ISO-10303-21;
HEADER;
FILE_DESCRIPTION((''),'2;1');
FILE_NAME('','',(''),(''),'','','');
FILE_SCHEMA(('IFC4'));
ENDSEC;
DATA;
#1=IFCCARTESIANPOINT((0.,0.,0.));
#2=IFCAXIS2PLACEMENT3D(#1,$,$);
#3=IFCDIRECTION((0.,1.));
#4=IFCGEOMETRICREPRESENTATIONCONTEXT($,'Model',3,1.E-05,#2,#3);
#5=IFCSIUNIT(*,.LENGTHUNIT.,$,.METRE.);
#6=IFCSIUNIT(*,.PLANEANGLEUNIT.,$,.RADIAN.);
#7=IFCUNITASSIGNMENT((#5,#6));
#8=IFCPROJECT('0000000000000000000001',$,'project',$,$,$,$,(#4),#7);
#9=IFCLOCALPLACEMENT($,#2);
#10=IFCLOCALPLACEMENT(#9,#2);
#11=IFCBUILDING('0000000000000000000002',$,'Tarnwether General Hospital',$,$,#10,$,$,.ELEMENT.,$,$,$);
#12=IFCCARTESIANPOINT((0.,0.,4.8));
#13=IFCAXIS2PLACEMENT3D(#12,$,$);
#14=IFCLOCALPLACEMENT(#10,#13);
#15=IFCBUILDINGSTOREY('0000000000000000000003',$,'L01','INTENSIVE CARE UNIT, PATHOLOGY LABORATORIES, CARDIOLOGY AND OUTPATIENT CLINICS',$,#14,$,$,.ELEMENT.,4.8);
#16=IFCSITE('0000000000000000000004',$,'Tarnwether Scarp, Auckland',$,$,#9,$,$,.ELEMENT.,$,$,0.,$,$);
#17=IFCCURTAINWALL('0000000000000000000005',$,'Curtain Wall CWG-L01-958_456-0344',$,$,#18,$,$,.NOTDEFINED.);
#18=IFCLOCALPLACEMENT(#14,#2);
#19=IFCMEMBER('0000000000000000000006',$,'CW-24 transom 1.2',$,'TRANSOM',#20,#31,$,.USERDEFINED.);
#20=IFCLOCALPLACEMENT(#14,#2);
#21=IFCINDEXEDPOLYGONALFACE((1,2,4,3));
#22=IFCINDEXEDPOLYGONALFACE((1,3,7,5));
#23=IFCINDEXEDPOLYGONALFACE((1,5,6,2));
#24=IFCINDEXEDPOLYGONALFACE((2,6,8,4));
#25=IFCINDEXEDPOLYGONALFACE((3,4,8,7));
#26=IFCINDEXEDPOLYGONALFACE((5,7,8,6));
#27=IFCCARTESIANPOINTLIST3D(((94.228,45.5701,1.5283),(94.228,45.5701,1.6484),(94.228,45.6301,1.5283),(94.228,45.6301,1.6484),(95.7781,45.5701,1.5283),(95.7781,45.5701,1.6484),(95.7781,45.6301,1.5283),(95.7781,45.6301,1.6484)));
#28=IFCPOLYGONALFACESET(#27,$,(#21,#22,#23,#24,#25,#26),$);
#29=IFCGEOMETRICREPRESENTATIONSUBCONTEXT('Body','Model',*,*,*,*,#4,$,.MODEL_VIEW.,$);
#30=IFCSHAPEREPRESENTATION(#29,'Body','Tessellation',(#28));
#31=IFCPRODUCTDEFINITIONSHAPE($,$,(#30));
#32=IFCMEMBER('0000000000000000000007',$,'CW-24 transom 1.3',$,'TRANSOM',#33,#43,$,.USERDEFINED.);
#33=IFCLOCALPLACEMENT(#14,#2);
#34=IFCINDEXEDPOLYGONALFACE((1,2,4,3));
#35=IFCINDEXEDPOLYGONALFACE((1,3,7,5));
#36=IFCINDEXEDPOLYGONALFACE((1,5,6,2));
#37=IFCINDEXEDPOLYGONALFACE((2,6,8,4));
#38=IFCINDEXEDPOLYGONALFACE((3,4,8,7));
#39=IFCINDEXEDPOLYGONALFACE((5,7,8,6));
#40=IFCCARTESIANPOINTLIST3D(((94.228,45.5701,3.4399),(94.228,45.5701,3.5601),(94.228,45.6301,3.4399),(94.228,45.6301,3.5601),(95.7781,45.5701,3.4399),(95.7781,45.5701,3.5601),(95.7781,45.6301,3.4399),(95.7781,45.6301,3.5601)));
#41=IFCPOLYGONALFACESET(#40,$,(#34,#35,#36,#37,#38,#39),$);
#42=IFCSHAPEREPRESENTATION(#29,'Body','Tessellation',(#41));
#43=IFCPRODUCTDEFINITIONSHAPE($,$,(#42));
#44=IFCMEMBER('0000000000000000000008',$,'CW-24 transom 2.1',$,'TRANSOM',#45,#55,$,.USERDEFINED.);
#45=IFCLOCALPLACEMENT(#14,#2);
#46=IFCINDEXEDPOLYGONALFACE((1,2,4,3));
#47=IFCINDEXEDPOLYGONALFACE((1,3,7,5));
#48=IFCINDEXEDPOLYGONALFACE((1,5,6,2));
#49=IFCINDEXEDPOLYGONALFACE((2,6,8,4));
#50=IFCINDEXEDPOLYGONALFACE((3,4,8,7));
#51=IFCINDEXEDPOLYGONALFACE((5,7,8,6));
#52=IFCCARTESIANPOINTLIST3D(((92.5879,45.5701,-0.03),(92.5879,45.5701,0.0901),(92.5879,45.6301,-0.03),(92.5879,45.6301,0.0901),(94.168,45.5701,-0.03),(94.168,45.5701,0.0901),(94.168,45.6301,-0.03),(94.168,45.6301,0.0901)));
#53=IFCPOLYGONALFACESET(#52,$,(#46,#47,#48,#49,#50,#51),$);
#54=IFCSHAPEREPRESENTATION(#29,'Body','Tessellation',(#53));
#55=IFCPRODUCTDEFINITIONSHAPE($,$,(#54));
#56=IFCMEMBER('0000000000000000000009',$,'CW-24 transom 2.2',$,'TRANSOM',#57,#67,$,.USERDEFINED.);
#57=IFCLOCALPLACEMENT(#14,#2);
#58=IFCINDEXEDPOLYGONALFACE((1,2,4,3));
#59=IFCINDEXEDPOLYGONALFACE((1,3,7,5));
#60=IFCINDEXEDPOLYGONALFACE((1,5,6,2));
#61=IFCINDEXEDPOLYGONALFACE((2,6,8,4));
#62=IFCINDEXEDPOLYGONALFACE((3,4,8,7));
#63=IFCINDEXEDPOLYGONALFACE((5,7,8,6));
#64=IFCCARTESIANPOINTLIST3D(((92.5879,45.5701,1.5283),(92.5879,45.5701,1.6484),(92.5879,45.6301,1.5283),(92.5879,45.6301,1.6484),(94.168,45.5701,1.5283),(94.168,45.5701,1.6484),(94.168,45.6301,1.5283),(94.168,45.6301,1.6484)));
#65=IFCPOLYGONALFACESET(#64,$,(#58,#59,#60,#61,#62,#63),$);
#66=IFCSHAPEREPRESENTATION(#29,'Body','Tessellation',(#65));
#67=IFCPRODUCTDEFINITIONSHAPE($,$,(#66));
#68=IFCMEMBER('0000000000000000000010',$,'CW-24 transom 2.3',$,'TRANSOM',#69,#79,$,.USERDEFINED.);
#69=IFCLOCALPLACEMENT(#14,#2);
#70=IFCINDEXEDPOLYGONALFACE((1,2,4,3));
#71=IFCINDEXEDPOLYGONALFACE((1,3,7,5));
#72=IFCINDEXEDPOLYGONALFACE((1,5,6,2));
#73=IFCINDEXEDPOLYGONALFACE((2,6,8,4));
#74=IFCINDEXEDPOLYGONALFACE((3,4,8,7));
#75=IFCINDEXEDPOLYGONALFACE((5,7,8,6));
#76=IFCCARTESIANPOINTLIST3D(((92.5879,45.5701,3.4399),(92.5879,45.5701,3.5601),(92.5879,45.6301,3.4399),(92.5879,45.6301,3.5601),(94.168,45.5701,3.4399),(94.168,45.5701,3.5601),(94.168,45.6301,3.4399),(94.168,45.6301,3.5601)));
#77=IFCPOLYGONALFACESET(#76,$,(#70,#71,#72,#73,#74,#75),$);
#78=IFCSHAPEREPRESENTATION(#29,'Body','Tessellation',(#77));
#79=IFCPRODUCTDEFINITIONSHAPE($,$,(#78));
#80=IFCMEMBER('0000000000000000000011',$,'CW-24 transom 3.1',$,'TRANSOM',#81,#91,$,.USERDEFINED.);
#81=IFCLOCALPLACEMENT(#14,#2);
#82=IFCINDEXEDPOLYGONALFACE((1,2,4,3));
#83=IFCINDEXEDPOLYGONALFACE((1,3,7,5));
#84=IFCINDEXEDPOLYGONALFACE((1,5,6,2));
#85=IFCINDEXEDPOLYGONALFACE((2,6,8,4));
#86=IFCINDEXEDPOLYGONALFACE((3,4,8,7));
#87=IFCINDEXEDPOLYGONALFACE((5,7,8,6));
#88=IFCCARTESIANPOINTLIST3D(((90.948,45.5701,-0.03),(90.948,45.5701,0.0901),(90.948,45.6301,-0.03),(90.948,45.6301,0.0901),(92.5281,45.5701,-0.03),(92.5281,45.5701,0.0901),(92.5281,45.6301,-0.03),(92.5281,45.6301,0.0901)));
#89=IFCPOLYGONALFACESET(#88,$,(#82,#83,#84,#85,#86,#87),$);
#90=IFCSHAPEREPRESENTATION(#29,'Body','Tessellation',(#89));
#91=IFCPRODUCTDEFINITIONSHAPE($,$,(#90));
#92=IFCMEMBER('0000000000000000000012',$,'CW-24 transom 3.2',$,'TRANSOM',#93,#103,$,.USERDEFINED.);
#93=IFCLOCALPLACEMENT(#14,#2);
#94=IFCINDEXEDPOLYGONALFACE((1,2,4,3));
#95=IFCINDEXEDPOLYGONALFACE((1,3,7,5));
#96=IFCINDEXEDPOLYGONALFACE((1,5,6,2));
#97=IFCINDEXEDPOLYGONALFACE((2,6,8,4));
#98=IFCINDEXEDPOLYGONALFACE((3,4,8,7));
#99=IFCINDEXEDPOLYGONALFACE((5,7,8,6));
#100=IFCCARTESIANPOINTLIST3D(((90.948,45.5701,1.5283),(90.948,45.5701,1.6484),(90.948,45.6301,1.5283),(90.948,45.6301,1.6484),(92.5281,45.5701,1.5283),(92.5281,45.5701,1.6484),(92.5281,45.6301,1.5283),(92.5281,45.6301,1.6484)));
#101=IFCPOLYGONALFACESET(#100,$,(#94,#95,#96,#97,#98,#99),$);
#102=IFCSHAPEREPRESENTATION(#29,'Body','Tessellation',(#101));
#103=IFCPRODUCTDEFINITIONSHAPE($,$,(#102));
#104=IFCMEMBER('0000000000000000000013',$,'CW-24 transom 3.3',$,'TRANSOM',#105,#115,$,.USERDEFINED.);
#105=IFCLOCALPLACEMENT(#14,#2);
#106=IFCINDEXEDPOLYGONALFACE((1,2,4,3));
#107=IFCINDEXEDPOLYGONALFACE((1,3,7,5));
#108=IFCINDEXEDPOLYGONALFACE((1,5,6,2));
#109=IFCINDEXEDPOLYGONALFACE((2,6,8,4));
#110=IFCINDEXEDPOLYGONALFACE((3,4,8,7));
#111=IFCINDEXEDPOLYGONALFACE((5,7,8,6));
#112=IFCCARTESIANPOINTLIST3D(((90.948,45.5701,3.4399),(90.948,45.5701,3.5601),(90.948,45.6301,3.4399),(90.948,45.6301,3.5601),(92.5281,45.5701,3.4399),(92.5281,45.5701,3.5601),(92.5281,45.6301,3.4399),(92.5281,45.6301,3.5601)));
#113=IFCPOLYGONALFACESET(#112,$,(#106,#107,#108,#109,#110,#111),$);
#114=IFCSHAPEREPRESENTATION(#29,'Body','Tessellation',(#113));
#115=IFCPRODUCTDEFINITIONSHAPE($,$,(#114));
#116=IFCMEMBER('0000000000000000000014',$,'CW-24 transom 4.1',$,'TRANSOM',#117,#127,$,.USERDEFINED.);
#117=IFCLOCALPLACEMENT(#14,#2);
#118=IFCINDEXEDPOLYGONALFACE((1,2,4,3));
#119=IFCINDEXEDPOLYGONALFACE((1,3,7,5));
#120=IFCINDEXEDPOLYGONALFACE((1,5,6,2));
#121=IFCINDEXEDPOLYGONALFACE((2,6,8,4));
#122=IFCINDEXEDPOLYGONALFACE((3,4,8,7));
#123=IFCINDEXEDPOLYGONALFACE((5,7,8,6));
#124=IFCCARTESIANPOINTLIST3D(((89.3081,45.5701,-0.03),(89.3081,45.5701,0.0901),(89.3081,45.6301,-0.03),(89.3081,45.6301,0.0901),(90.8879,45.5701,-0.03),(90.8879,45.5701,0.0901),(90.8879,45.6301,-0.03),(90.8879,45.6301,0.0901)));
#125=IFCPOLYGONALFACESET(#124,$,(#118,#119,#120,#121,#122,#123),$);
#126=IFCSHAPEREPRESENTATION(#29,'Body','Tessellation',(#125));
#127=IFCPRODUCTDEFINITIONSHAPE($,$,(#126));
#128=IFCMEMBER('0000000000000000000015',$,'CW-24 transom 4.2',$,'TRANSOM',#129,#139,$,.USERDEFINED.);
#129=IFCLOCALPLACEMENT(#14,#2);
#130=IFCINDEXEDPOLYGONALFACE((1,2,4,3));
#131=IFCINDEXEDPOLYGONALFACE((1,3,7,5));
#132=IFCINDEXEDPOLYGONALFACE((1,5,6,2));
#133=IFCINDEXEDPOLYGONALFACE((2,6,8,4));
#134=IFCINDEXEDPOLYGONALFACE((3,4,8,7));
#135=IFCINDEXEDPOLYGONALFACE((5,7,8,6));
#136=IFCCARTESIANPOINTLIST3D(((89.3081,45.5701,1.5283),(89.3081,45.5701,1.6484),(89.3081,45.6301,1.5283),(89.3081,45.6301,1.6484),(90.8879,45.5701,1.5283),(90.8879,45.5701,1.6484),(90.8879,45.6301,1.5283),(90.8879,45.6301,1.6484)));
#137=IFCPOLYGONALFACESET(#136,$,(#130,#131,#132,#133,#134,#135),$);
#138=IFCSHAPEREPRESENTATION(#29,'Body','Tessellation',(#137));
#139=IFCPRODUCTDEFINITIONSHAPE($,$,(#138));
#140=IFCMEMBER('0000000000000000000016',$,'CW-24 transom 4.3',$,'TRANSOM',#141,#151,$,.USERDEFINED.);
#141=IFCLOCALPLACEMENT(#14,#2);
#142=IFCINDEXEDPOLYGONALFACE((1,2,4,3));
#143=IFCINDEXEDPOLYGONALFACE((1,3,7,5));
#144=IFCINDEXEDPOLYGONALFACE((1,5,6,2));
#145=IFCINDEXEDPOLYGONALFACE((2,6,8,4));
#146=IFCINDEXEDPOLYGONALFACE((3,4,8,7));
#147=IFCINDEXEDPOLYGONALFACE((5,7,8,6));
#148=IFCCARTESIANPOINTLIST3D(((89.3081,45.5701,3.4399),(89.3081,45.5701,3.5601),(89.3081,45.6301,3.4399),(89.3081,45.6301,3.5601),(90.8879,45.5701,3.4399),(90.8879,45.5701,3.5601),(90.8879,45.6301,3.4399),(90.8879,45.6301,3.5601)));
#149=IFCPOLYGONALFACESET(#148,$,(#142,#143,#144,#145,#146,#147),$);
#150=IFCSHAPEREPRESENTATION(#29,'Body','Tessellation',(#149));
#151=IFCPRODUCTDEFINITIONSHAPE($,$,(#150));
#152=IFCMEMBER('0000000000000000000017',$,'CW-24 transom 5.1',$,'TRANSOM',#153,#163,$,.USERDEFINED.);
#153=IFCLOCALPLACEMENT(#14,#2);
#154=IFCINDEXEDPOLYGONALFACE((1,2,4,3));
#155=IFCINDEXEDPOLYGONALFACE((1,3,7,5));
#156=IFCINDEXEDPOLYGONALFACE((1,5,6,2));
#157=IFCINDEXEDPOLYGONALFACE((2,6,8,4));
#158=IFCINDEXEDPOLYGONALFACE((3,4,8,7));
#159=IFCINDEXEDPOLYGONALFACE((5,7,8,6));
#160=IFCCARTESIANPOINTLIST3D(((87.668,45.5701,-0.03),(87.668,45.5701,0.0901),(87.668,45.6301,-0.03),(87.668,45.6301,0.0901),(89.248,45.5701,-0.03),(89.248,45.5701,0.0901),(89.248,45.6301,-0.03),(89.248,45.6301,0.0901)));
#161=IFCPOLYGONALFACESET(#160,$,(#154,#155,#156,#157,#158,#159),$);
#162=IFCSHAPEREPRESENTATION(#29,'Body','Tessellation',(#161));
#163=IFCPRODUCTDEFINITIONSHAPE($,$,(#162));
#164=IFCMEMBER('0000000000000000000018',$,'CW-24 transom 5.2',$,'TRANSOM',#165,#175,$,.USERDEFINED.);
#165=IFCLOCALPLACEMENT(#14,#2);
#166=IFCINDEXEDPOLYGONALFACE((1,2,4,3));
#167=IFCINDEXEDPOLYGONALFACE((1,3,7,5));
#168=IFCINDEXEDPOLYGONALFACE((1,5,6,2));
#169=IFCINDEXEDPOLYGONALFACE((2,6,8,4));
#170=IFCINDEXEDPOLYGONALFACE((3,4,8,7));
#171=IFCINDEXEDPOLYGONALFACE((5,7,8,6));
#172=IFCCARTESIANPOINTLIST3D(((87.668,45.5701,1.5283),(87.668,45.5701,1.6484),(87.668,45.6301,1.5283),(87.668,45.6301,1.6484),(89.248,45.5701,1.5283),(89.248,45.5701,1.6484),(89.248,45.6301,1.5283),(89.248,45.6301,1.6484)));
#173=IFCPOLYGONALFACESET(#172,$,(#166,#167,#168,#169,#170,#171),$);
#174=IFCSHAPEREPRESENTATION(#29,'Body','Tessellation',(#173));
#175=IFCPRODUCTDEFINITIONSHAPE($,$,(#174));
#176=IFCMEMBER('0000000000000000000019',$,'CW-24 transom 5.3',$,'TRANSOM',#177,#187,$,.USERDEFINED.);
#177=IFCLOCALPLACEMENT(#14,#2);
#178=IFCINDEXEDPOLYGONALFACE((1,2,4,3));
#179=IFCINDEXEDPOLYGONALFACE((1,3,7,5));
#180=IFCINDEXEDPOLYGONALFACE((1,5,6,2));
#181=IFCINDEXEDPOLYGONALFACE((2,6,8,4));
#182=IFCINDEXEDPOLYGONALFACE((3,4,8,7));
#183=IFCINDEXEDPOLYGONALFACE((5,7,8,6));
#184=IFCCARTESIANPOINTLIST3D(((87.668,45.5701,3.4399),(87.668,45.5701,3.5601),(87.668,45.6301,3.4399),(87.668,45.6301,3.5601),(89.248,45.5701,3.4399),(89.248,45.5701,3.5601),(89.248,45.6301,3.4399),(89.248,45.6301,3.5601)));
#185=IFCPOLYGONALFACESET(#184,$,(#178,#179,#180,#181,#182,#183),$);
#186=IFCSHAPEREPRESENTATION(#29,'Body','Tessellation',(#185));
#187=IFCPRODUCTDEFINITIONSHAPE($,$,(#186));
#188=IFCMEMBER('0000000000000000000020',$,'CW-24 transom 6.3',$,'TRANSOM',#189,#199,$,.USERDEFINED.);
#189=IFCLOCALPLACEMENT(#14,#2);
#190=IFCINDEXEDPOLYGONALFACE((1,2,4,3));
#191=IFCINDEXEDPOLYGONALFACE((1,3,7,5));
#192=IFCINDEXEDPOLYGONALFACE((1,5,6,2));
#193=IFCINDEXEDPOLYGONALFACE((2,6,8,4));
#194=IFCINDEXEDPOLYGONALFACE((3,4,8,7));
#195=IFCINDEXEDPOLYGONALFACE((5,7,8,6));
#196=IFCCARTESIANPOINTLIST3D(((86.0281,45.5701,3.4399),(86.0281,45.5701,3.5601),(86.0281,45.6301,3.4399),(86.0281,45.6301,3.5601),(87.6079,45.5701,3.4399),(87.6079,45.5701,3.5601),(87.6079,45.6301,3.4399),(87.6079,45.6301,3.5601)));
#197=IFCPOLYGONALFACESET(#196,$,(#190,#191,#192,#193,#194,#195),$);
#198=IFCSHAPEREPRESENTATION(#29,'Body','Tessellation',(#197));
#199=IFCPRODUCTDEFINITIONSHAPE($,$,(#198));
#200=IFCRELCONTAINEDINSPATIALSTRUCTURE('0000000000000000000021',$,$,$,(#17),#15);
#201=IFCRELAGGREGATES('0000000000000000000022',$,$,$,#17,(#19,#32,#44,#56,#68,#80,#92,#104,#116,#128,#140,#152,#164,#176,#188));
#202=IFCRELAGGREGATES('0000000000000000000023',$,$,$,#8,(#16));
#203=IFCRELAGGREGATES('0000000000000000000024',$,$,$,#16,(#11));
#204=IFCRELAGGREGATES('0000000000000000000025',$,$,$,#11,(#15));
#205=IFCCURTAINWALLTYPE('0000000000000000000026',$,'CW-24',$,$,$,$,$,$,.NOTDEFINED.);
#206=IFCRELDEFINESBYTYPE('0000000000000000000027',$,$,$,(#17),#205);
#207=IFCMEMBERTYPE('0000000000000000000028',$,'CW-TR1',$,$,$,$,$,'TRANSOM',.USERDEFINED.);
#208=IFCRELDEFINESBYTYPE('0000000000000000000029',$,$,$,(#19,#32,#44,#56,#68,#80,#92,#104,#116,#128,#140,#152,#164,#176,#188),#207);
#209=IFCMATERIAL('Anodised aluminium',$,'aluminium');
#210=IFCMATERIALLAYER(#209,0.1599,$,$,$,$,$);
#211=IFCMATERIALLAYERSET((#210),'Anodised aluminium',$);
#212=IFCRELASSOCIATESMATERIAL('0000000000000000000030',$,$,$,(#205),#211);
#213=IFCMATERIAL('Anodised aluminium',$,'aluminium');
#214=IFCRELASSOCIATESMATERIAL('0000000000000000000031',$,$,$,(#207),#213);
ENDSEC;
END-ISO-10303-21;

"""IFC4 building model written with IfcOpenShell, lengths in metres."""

from ifc_helpers import new_model, si_unit, direction, frame, origin, origin_2d, place, context, subcontext, project, spatial, rectangle, extrude, material, layer, layer_set, material_profile, profile_set, type_object, element, aggregate, save


model = new_model("IFC4")

# Units and contexts
model_context = context("Model", 3, precision=1e-05, world=origin(), true_north=direction((0.0, 1.0)))
body_context = subcontext(model_context, "Body", "Model", "MODEL_VIEW")
ifc_project = project(units=[si_unit("LENGTHUNIT", "METRE"), si_unit("PLANEANGLEUNIT", "RADIAN")], contexts=[model_context])

# Site, building, storey
site_placement = place(None, origin())
site = spatial("IfcSite", under=ifc_project, at=site_placement, Name="Tarnwether Scarp, Auckland", CompositionType="ELEMENT", RefElevation=0.0)
building_placement = place(site_placement, origin())
building = spatial("IfcBuilding", under=site, at=building_placement, Name="Tarnwether General Hospital", CompositionType="ELEMENT")
storey_placement = place(building_placement, frame((0.0, 0.0, 4.8)))
storey = spatial("IfcBuildingStorey", under=building, at=storey_placement, Name="L01", Description="INTENSIVE CARE UNIT, PATHOLOGY LABORATORIES, CARDIOLOGY AND OUTPATIENT CLINICS", CompositionType="ELEMENT", Elevation=4.8)

# Shared definitions
ifc_material_1 = material(Name="Anodised aluminium", Category="aluminium")
ifc_layer_1 = layer(ifc_material_1, 0.1599)
ifc_layer_set_1 = layer_set([ifc_layer_1], Name="Anodised aluminium")
curtain_wall_type = type_object("IfcCurtainWallType", Name="CW-24", PredefinedType="NOTDEFINED", material=ifc_layer_set_1)

# Curtain wall
curtain_wall_1_placement = place(storey_placement, origin())
curtain_wall_1 = element("IfcCurtainWall", 1, at=curtain_wall_1_placement, inside=storey, type_object=curtain_wall_type, Name="Curtain Wall CWG-L01-958_456-0344", PredefinedType="NOTDEFINED")

# Members
ifc_material_2 = material(Name="Anodised aluminium", Category="aluminium")
ifc_material_profile_1 = material_profile(ifc_material_2, rectangle(XDim=0.0601, YDim=0.1201, at=origin_2d()), Name="ALU-TRN-60x120")
ifc_profile_set_1 = profile_set([ifc_material_profile_1], Name="Anodised aluminium")
member_type_1 = type_object("IfcMemberType", Name="CW-TR1", ElementType="TRANSOM", PredefinedType="USERDEFINED", material=ifc_profile_set_1)
member_1_placement = place(storey_placement, frame((95.7781, 45.6001, 1.5884), z_axis=(-1.0, 0.0, 0.0), x_axis=(0.0, -1.0, 0.0)))
member_1 = element("IfcMember", 2, at=member_1_placement, type_object=member_type_1, Name="CW-24 transom 1.2", ObjectType="TRANSOM", PredefinedType="USERDEFINED", context=body_context, shape_type="SweptSolid", body=[
    extrude(rectangle(XDim=0.0601, YDim=0.1201, at=origin_2d()), origin(), (0.0, 0.0, 1.0), 1.55),
])
member_2_placement = place(storey_placement, frame((95.7781, 45.6001, 3.5), z_axis=(-1.0, 0.0, 0.0), x_axis=(0.0, -1.0, 0.0)))
member_2 = element("IfcMember", 3, at=member_2_placement, type_object=member_type_1, Name="CW-24 transom 1.3", ObjectType="TRANSOM", PredefinedType="USERDEFINED", context=body_context, shape_type="SweptSolid", body=[
    extrude(rectangle(XDim=0.0601, YDim=0.1201, at=origin_2d()), origin(), (0.0, 0.0, 1.0), 1.55),
])
member_3_placement = place(storey_placement, frame((94.168, 45.6001, 0.03), z_axis=(-1.0, 0.0, 0.0), x_axis=(0.0, -1.0, 0.0)))
member_3 = element("IfcMember", 4, at=member_3_placement, type_object=member_type_1, Name="CW-24 transom 2.1", ObjectType="TRANSOM", PredefinedType="USERDEFINED", context=body_context, shape_type="SweptSolid", body=[
    extrude(rectangle(XDim=0.0601, YDim=0.1201, at=origin_2d()), origin(), (0.0, 0.0, 1.0), 1.5801),
])
member_4_placement = place(storey_placement, frame((94.168, 45.6001, 1.5884), z_axis=(-1.0, 0.0, 0.0), x_axis=(0.0, -1.0, 0.0)))
member_4 = element("IfcMember", 5, at=member_4_placement, type_object=member_type_1, Name="CW-24 transom 2.2", ObjectType="TRANSOM", PredefinedType="USERDEFINED", context=body_context, shape_type="SweptSolid", body=[
    extrude(rectangle(XDim=0.0601, YDim=0.1201, at=origin_2d()), origin(), (0.0, 0.0, 1.0), 1.5801),
])
member_5_placement = place(storey_placement, frame((94.168, 45.6001, 3.5), z_axis=(-1.0, 0.0, 0.0), x_axis=(0.0, -1.0, 0.0)))
member_5 = element("IfcMember", 6, at=member_5_placement, type_object=member_type_1, Name="CW-24 transom 2.3", ObjectType="TRANSOM", PredefinedType="USERDEFINED", context=body_context, shape_type="SweptSolid", body=[
    extrude(rectangle(XDim=0.0601, YDim=0.1201, at=origin_2d()), origin(), (0.0, 0.0, 1.0), 1.5801),
])
member_6_placement = place(storey_placement, frame((92.5281, 45.6001, 0.03), z_axis=(-1.0, 0.0, 0.0), x_axis=(0.0, -1.0, 0.0)))
member_6 = element("IfcMember", 7, at=member_6_placement, type_object=member_type_1, Name="CW-24 transom 3.1", ObjectType="TRANSOM", PredefinedType="USERDEFINED", context=body_context, shape_type="SweptSolid", body=[
    extrude(rectangle(XDim=0.0601, YDim=0.1201, at=origin_2d()), origin(), (0.0, 0.0, 1.0), 1.5801),
])
member_7_placement = place(storey_placement, frame((92.5281, 45.6001, 1.5884), z_axis=(-1.0, 0.0, 0.0), x_axis=(0.0, -1.0, 0.0)))
member_7 = element("IfcMember", 8, at=member_7_placement, type_object=member_type_1, Name="CW-24 transom 3.2", ObjectType="TRANSOM", PredefinedType="USERDEFINED", context=body_context, shape_type="SweptSolid", body=[
    extrude(rectangle(XDim=0.0601, YDim=0.1201, at=origin_2d()), origin(), (0.0, 0.0, 1.0), 1.5801),
])
member_8_placement = place(storey_placement, frame((92.5281, 45.6001, 3.5), z_axis=(-1.0, 0.0, 0.0), x_axis=(0.0, -1.0, 0.0)))
member_8 = element("IfcMember", 9, at=member_8_placement, type_object=member_type_1, Name="CW-24 transom 3.3", ObjectType="TRANSOM", PredefinedType="USERDEFINED", context=body_context, shape_type="SweptSolid", body=[
    extrude(rectangle(XDim=0.0601, YDim=0.1201, at=origin_2d()), origin(), (0.0, 0.0, 1.0), 1.5801),
])
member_9_placement = place(storey_placement, frame((90.8879, 45.6001, 0.03), z_axis=(-1.0, 0.0, 0.0), x_axis=(0.0, -1.0, 0.0)))
member_9 = element("IfcMember", 10, at=member_9_placement, type_object=member_type_1, Name="CW-24 transom 4.1", ObjectType="TRANSOM", PredefinedType="USERDEFINED", context=body_context, shape_type="SweptSolid", body=[
    extrude(rectangle(XDim=0.0601, YDim=0.1201, at=origin_2d()), origin(), (0.0, 0.0, 1.0), 1.5798),
])
member_10_placement = place(storey_placement, frame((90.8879, 45.6001, 1.5884), z_axis=(-1.0, 0.0, 0.0), x_axis=(0.0, -1.0, 0.0)))
member_10 = element("IfcMember", 11, at=member_10_placement, type_object=member_type_1, Name="CW-24 transom 4.2", ObjectType="TRANSOM", PredefinedType="USERDEFINED", context=body_context, shape_type="SweptSolid", body=[
    extrude(rectangle(XDim=0.0601, YDim=0.1201, at=origin_2d()), origin(), (0.0, 0.0, 1.0), 1.5798),
])
member_11_placement = place(storey_placement, frame((90.8879, 45.6001, 3.5), z_axis=(-1.0, 0.0, 0.0), x_axis=(0.0, -1.0, 0.0)))
member_11 = element("IfcMember", 12, at=member_11_placement, type_object=member_type_1, Name="CW-24 transom 4.3", ObjectType="TRANSOM", PredefinedType="USERDEFINED", context=body_context, shape_type="SweptSolid", body=[
    extrude(rectangle(XDim=0.0601, YDim=0.1201, at=origin_2d()), origin(), (0.0, 0.0, 1.0), 1.5798),
])
member_12_placement = place(storey_placement, frame((89.248, 45.6001, 0.03), z_axis=(-1.0, 0.0, 0.0), x_axis=(0.0, -1.0, 0.0)))
member_12 = element("IfcMember", 13, at=member_12_placement, type_object=member_type_1, Name="CW-24 transom 5.1", ObjectType="TRANSOM", PredefinedType="USERDEFINED", context=body_context, shape_type="SweptSolid", body=[
    extrude(rectangle(XDim=0.0601, YDim=0.1201, at=origin_2d()), origin(), (0.0, 0.0, 1.0), 1.5801),
])
member_13_placement = place(storey_placement, frame((89.248, 45.6001, 1.5884), z_axis=(-1.0, 0.0, 0.0), x_axis=(0.0, -1.0, 0.0)))
member_13 = element("IfcMember", 14, at=member_13_placement, type_object=member_type_1, Name="CW-24 transom 5.2", ObjectType="TRANSOM", PredefinedType="USERDEFINED", context=body_context, shape_type="SweptSolid", body=[
    extrude(rectangle(XDim=0.0601, YDim=0.1201, at=origin_2d()), origin(), (0.0, 0.0, 1.0), 1.5801),
])
member_14_placement = place(storey_placement, frame((89.248, 45.6001, 3.5), z_axis=(-1.0, 0.0, 0.0), x_axis=(0.0, -1.0, 0.0)))
member_14 = element("IfcMember", 15, at=member_14_placement, type_object=member_type_1, Name="CW-24 transom 5.3", ObjectType="TRANSOM", PredefinedType="USERDEFINED", context=body_context, shape_type="SweptSolid", body=[
    extrude(rectangle(XDim=0.0601, YDim=0.1201, at=origin_2d()), origin(), (0.0, 0.0, 1.0), 1.5801),
])
member_15_placement = place(storey_placement, frame((87.6079, 45.6001, 3.5), z_axis=(-1.0, 0.0, 0.0), x_axis=(0.0, -1.0, 0.0)))
member_15 = element("IfcMember", 16, at=member_15_placement, type_object=member_type_1, Name="CW-24 transom 6.3", ObjectType="TRANSOM", PredefinedType="USERDEFINED", context=body_context, shape_type="SweptSolid", body=[
    extrude(rectangle(XDim=0.0601, YDim=0.1201, at=origin_2d()), origin(), (0.0, 0.0, 1.0), 1.5798),
])

aggregate(curtain_wall_1, [member_1, member_2, member_3, member_4, member_5, member_6, member_7, member_8, member_9, member_10, member_11, member_12, member_13, member_14, member_15])

save(model, "model.ifc")
